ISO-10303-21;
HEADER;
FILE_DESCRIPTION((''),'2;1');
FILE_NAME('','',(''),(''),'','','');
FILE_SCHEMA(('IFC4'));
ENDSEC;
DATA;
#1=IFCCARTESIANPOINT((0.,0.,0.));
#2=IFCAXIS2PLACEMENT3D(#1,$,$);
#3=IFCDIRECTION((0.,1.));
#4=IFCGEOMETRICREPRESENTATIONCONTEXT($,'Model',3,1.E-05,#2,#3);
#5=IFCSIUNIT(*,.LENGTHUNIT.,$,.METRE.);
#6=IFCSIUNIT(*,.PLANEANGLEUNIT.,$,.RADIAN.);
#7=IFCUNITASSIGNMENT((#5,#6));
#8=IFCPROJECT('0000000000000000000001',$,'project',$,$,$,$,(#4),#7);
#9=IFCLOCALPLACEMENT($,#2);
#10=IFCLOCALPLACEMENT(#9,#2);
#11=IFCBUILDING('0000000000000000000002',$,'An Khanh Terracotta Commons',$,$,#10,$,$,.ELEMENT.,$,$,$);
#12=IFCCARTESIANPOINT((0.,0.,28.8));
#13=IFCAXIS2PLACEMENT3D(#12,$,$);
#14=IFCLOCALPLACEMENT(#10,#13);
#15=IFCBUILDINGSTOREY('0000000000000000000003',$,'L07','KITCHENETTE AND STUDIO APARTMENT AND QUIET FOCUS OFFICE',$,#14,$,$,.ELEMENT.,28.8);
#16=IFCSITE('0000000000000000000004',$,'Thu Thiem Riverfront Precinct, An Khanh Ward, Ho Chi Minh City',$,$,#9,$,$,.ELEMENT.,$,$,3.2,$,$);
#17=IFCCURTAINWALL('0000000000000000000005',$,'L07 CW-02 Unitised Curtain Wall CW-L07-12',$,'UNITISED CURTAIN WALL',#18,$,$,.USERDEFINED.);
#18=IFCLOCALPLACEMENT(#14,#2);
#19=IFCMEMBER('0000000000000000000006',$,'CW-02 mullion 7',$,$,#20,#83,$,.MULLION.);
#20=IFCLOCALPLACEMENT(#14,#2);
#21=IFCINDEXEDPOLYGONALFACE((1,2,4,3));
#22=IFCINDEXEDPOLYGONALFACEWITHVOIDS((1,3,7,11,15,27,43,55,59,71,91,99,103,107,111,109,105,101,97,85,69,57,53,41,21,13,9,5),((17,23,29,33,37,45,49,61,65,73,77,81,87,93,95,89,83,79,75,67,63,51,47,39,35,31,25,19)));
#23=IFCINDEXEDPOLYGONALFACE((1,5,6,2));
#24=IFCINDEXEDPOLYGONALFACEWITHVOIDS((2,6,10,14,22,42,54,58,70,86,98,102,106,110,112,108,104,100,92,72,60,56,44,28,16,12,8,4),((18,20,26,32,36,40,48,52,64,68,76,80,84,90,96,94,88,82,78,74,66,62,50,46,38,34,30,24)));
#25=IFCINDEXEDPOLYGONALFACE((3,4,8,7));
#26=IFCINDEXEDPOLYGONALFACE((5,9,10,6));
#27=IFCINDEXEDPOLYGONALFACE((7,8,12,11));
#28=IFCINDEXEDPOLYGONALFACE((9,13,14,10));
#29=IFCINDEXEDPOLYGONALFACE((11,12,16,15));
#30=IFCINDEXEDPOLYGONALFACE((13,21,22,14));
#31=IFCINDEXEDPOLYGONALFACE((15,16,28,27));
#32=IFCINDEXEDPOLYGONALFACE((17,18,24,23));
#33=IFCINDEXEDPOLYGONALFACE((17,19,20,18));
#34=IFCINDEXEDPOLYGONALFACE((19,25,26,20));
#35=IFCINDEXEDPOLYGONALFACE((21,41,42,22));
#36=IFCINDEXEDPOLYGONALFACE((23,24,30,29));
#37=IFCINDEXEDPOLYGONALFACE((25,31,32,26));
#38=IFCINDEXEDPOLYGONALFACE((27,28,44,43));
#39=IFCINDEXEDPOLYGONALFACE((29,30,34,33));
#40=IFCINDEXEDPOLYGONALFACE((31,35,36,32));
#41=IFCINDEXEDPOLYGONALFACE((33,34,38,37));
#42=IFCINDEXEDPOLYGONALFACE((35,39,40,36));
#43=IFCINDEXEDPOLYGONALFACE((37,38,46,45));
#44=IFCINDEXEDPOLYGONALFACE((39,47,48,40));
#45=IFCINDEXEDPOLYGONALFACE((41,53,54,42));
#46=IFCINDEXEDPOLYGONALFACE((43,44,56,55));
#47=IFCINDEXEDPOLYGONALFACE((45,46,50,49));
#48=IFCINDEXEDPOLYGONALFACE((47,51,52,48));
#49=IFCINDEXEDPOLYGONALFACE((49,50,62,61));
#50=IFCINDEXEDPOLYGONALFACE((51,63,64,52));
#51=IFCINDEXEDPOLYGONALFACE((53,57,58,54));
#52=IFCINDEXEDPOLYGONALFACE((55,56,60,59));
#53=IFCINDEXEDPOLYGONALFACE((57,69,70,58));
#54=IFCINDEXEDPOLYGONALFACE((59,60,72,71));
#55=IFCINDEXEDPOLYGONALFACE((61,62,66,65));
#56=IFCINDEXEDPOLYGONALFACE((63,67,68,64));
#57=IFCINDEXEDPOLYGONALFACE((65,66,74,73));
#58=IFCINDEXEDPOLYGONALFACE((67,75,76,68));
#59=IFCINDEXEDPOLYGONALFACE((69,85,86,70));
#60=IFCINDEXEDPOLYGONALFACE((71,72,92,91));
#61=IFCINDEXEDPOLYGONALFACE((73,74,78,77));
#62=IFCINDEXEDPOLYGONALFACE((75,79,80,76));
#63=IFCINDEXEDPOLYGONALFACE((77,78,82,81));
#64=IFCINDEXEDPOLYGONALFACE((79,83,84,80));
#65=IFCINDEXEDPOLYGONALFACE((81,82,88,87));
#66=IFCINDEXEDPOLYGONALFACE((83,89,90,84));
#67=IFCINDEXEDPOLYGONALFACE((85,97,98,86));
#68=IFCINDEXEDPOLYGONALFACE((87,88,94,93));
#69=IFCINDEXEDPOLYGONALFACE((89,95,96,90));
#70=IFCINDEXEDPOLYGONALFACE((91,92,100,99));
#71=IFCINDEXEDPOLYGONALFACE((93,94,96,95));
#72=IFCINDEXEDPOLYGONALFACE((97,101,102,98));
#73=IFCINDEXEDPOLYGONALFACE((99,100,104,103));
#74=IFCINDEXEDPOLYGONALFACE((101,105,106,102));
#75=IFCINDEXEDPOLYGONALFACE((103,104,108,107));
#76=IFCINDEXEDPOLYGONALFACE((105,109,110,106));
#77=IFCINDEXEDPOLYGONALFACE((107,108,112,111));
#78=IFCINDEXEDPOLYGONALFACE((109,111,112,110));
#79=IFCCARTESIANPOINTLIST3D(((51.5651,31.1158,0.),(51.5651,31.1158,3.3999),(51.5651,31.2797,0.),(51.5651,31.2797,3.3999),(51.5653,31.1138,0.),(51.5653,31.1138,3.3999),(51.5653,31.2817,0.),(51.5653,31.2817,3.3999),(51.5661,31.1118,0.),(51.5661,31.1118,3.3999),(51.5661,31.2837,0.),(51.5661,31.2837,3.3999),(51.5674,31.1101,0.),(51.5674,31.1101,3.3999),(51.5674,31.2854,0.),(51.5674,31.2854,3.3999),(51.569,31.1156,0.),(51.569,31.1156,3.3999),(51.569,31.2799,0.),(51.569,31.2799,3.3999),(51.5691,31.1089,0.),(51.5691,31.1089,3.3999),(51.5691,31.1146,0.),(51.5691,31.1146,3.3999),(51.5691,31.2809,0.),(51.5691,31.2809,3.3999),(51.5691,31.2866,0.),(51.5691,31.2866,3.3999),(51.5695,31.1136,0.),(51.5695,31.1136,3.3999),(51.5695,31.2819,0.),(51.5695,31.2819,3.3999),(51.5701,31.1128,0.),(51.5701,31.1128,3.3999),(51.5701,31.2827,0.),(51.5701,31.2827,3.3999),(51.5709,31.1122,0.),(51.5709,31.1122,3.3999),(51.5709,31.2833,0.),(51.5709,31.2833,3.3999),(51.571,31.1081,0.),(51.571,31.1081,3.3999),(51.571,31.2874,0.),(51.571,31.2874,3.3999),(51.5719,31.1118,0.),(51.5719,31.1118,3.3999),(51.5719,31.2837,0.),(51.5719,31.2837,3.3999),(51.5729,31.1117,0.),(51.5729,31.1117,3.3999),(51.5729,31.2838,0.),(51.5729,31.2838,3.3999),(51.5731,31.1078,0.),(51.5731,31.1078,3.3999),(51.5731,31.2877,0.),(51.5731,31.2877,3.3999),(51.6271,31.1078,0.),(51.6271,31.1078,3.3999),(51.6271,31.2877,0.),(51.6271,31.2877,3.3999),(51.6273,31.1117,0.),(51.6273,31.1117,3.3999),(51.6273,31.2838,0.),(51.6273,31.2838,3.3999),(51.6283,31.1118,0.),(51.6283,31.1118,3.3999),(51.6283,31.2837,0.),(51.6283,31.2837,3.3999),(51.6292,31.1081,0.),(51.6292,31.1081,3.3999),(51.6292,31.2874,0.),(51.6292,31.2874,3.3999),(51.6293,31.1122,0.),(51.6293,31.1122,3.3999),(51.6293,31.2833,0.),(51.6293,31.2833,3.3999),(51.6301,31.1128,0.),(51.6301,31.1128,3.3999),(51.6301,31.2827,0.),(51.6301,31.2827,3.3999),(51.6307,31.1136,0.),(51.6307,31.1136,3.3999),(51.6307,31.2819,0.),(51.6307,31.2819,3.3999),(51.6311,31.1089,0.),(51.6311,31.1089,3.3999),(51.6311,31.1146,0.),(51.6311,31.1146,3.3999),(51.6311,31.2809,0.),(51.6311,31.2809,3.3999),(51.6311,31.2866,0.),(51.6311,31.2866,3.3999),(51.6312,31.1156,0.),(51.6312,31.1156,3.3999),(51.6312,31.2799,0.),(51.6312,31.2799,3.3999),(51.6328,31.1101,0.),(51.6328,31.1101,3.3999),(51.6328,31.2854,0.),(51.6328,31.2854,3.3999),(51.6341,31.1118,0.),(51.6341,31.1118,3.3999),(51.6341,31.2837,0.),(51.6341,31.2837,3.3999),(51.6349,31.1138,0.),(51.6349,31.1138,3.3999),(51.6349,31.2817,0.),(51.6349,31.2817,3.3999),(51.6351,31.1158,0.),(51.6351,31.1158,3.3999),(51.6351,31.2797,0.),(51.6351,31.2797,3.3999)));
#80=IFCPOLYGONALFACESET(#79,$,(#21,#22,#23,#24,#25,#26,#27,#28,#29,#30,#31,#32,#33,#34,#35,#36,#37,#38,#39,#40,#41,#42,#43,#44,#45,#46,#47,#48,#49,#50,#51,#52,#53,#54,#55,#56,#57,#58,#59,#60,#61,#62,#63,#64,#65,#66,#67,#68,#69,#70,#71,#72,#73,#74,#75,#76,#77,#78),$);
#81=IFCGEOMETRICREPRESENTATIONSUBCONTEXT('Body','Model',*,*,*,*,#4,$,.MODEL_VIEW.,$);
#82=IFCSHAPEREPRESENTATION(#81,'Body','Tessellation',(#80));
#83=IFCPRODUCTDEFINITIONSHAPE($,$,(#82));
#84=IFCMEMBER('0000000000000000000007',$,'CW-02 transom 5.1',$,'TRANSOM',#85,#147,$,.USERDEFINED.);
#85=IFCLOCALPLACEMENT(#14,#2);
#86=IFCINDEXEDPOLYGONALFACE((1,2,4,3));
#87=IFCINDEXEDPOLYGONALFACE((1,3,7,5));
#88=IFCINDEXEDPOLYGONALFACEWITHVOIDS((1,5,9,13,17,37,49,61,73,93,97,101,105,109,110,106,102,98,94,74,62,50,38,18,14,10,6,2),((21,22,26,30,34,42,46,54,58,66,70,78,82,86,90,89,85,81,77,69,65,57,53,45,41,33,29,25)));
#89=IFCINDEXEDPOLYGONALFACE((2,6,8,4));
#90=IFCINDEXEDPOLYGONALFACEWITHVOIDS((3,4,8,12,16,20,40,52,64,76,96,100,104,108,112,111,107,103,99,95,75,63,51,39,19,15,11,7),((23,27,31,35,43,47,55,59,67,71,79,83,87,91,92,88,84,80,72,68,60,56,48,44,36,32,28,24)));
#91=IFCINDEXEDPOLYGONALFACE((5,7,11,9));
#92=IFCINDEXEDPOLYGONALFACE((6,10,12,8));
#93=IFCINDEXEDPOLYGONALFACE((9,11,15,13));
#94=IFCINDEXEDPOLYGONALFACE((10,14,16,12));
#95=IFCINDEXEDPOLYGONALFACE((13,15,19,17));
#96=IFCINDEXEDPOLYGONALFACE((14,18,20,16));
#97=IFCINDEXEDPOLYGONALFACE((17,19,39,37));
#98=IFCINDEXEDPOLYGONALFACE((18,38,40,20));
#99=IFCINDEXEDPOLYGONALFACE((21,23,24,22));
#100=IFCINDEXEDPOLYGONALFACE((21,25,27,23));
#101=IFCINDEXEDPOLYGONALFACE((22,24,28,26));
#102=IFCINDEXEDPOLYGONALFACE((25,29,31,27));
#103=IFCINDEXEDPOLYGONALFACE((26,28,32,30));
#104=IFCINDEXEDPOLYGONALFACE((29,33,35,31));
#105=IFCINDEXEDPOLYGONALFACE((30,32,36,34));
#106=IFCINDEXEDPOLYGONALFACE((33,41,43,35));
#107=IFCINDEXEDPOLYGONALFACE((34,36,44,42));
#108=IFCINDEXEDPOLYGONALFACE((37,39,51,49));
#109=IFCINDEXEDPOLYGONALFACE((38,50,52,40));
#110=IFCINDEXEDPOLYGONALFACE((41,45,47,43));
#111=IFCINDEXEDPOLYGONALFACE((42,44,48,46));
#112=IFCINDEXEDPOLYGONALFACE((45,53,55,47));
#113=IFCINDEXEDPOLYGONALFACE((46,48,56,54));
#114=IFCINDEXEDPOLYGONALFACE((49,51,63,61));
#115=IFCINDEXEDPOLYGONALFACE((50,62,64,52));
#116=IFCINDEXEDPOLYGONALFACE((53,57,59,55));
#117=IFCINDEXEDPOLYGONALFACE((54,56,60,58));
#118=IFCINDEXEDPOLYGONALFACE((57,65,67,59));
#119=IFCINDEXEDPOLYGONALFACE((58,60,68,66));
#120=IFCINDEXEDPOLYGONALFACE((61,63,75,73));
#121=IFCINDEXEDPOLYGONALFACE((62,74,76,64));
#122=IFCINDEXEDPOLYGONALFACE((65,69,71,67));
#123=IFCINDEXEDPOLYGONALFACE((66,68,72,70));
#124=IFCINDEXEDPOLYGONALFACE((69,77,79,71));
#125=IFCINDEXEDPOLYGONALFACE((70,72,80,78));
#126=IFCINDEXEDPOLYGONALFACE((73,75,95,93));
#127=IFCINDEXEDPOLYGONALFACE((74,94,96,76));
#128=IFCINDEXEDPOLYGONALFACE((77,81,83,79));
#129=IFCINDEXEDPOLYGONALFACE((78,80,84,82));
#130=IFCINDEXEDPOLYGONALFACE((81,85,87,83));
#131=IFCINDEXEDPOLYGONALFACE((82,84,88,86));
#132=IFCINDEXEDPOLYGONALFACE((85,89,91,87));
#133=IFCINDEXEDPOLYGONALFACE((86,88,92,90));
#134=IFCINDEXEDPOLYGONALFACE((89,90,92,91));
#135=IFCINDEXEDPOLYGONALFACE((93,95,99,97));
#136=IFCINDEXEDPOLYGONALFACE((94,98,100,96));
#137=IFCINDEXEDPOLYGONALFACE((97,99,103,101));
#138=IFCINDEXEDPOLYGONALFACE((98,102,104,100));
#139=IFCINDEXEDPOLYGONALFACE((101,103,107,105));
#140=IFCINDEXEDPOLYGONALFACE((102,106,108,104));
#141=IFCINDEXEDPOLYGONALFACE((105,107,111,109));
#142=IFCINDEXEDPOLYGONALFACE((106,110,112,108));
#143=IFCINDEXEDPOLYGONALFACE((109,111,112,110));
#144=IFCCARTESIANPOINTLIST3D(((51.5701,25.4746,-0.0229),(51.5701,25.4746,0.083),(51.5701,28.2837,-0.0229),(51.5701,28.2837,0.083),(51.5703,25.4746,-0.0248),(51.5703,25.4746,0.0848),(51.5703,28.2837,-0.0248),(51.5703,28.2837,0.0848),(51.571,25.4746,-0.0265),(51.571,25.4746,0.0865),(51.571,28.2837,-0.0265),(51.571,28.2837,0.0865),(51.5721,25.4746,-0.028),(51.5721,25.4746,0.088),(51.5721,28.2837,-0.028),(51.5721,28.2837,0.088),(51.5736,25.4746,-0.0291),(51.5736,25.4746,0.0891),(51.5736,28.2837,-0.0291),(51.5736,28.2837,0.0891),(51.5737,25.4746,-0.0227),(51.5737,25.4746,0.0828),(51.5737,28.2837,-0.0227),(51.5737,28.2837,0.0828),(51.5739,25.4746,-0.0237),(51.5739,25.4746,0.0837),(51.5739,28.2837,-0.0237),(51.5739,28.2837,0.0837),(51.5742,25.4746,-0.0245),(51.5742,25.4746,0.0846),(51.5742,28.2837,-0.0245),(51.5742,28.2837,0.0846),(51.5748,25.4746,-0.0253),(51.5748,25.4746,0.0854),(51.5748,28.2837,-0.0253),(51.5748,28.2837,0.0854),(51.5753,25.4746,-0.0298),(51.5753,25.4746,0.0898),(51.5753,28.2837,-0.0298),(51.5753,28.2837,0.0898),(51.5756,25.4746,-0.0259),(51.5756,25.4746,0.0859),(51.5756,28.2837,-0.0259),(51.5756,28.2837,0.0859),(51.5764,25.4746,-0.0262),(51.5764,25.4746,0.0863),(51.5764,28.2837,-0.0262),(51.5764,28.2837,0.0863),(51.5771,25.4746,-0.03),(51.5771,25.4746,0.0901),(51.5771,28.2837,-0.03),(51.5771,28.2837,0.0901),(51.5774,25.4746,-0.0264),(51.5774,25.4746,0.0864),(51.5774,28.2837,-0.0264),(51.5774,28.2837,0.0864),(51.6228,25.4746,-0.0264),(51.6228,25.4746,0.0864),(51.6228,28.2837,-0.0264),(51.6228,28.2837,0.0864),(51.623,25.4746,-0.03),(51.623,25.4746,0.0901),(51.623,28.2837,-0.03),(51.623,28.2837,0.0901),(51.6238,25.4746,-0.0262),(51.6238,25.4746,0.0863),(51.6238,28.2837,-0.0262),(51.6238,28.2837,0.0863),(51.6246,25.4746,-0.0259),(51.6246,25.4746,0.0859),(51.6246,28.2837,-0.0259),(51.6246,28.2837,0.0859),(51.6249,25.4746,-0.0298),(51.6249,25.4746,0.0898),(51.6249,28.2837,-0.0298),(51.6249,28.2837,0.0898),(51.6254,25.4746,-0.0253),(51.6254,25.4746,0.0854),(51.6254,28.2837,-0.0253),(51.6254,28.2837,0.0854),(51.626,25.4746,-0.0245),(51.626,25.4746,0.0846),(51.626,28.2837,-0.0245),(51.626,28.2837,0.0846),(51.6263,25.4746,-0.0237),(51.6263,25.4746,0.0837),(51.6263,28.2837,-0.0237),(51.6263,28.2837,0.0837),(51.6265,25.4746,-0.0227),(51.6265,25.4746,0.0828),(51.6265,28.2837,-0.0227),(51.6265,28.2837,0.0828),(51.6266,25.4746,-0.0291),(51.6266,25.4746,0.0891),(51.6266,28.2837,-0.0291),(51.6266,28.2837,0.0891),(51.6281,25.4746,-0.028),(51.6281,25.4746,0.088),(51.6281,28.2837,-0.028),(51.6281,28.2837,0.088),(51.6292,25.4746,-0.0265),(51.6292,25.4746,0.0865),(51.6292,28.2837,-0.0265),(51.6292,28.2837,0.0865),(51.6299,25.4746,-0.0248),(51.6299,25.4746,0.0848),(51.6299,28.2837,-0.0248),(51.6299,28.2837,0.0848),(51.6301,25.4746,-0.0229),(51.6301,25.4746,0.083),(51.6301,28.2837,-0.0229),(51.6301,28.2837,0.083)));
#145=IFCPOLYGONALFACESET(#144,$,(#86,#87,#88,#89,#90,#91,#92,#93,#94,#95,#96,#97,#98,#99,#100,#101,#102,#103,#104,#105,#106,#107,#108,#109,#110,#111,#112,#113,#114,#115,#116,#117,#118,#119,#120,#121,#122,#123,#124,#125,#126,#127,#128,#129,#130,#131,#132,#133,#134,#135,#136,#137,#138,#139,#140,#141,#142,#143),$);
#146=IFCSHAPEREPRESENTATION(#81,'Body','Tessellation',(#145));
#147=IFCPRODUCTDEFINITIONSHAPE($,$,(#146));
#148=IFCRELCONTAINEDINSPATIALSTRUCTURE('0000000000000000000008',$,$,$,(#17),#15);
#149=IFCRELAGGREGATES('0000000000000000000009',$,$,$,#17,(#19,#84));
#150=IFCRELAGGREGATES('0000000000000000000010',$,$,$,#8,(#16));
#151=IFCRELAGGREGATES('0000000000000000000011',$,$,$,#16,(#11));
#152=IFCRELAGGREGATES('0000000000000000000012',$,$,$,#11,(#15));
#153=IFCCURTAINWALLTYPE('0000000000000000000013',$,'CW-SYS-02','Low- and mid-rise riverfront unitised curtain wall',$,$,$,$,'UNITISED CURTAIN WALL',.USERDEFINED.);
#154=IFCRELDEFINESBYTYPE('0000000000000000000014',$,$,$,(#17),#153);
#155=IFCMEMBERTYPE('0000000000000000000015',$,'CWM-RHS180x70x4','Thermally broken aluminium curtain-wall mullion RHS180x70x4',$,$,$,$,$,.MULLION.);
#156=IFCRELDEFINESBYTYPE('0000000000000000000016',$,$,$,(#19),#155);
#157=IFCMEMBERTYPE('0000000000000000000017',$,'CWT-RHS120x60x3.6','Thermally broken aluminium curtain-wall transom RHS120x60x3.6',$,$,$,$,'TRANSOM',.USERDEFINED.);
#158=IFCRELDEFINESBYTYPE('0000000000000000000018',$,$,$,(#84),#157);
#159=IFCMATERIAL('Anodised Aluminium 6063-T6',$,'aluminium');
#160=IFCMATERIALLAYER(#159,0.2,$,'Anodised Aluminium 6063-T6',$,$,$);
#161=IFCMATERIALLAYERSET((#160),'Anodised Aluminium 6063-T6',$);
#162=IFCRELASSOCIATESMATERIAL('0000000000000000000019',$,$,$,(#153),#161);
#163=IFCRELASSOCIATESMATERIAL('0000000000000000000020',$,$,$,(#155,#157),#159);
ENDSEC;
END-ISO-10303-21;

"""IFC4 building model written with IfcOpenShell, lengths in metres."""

from ifc_helpers import new_model, si_unit, direction, frame, origin, origin_2d, place, context, subcontext, project, spatial, hollow_rectangle, extrude, material, layer, layer_set, material_profile, profile_set, type_object, element, aggregate, save


model = new_model("IFC4")

# Units and contexts
model_context = context("Model", 3, precision=1e-05, world=origin(), true_north=direction((0.0, 1.0)))
body_context = subcontext(model_context, "Body", "Model", "MODEL_VIEW")
ifc_project = project(units=[si_unit("LENGTHUNIT", "METRE"), si_unit("PLANEANGLEUNIT", "RADIAN")], contexts=[model_context])

# Site, building, storey
site_placement = place(None, origin())
site = spatial("IfcSite", under=ifc_project, at=site_placement, Name="Thu Thiem Riverfront Precinct, An Khanh Ward, Ho Chi Minh City", CompositionType="ELEMENT", RefElevation=3.2)
building_placement = place(site_placement, origin())
building = spatial("IfcBuilding", under=site, at=building_placement, Name="An Khanh Terracotta Commons", CompositionType="ELEMENT")
storey_placement = place(building_placement, frame((0.0, 0.0, 28.8)))
storey = spatial("IfcBuildingStorey", under=building, at=storey_placement, Name="L07", Description="KITCHENETTE AND STUDIO APARTMENT AND QUIET FOCUS OFFICE", CompositionType="ELEMENT", Elevation=28.8)

# Curtain wall, members
ifc_material_1 = material(Name="Anodised Aluminium 6063-T6", Category="aluminium")
ifc_layer_1 = layer(ifc_material_1, 0.2, Name="Anodised Aluminium 6063-T6")
ifc_layer_set_1 = layer_set([ifc_layer_1], Name="Anodised Aluminium 6063-T6")
curtain_wall_type = type_object("IfcCurtainWallType", Name="CW-SYS-02", Description="Low- and mid-rise riverfront unitised curtain wall", ElementType="UNITISED CURTAIN WALL", PredefinedType="USERDEFINED", material=ifc_layer_set_1)
curtain_wall_placement = place(storey_placement, origin())
curtain_wall = element("IfcCurtainWall", 1, at=curtain_wall_placement, inside=storey, type_object=curtain_wall_type, Name="L07 CW-02 Unitised Curtain Wall CW-L07-12", ObjectType="UNITISED CURTAIN WALL", PredefinedType="USERDEFINED")
ifc_material_profile_1 = material_profile(ifc_material_1, hollow_rectangle(XDim=0.0701, YDim=0.1799, WallThickness=0.0039, InnerFilletRadius=0.0039, OuterFilletRadius=0.0081, at=origin_2d()), Name="RHS180x70x4")
ifc_profile_set_1 = profile_set([ifc_material_profile_1], Name="Anodised Aluminium 6063-T6")
member_type_1 = type_object("IfcMemberType", Name="CWM-RHS180x70x4", Description="Thermally broken aluminium curtain-wall mullion RHS180x70x4", PredefinedType="MULLION", material=ifc_profile_set_1)
member_1_placement = place(storey_placement, frame((51.6001, 31.1978, 0.0), z_axis=(0.0, 0.0, 1.0), x_axis=(-1.0, 0.0, 0.0)))
member_1 = element("IfcMember", 2, at=member_1_placement, type_object=member_type_1, Name="CW-02 mullion 7", PredefinedType="MULLION", context=body_context, shape_type="SweptSolid", body=[
    extrude(hollow_rectangle(XDim=0.0701, YDim=0.1799, WallThickness=0.0039, InnerFilletRadius=0.0039, OuterFilletRadius=0.0081, at=origin_2d()), origin(), (0.0, 0.0, 1.0), 3.3999),
])
ifc_material_profile_2 = material_profile(ifc_material_1, hollow_rectangle(XDim=0.0601, YDim=0.1201, WallThickness=0.0037, InnerFilletRadius=0.0037, OuterFilletRadius=0.0071, at=origin_2d()), Name="RHS120x60x3.6")
ifc_profile_set_2 = profile_set([ifc_material_profile_2], Name="Anodised Aluminium 6063-T6")
member_type_2 = type_object("IfcMemberType", Name="CWT-RHS120x60x3.6", Description="Thermally broken aluminium curtain-wall transom RHS120x60x3.6", ElementType="TRANSOM", PredefinedType="USERDEFINED", material=ifc_profile_set_2)
member_2_placement = place(storey_placement, frame((51.6001, 25.4746, 0.03), z_axis=(0.0, 1.0, 0.0), x_axis=(-1.0, 0.0, 0.0)))
member_2 = element("IfcMember", 3, at=member_2_placement, type_object=member_type_2, Name="CW-02 transom 5.1", ObjectType="TRANSOM", PredefinedType="USERDEFINED", context=body_context, shape_type="SweptSolid", body=[
    extrude(hollow_rectangle(XDim=0.0601, YDim=0.1201, WallThickness=0.0037, InnerFilletRadius=0.0037, OuterFilletRadius=0.0071, at=origin_2d()), origin(), (0.0, 0.0, 1.0), 2.8091),
])
aggregate(curtain_wall, [member_1, member_2])

save(model, "model.ifc")
